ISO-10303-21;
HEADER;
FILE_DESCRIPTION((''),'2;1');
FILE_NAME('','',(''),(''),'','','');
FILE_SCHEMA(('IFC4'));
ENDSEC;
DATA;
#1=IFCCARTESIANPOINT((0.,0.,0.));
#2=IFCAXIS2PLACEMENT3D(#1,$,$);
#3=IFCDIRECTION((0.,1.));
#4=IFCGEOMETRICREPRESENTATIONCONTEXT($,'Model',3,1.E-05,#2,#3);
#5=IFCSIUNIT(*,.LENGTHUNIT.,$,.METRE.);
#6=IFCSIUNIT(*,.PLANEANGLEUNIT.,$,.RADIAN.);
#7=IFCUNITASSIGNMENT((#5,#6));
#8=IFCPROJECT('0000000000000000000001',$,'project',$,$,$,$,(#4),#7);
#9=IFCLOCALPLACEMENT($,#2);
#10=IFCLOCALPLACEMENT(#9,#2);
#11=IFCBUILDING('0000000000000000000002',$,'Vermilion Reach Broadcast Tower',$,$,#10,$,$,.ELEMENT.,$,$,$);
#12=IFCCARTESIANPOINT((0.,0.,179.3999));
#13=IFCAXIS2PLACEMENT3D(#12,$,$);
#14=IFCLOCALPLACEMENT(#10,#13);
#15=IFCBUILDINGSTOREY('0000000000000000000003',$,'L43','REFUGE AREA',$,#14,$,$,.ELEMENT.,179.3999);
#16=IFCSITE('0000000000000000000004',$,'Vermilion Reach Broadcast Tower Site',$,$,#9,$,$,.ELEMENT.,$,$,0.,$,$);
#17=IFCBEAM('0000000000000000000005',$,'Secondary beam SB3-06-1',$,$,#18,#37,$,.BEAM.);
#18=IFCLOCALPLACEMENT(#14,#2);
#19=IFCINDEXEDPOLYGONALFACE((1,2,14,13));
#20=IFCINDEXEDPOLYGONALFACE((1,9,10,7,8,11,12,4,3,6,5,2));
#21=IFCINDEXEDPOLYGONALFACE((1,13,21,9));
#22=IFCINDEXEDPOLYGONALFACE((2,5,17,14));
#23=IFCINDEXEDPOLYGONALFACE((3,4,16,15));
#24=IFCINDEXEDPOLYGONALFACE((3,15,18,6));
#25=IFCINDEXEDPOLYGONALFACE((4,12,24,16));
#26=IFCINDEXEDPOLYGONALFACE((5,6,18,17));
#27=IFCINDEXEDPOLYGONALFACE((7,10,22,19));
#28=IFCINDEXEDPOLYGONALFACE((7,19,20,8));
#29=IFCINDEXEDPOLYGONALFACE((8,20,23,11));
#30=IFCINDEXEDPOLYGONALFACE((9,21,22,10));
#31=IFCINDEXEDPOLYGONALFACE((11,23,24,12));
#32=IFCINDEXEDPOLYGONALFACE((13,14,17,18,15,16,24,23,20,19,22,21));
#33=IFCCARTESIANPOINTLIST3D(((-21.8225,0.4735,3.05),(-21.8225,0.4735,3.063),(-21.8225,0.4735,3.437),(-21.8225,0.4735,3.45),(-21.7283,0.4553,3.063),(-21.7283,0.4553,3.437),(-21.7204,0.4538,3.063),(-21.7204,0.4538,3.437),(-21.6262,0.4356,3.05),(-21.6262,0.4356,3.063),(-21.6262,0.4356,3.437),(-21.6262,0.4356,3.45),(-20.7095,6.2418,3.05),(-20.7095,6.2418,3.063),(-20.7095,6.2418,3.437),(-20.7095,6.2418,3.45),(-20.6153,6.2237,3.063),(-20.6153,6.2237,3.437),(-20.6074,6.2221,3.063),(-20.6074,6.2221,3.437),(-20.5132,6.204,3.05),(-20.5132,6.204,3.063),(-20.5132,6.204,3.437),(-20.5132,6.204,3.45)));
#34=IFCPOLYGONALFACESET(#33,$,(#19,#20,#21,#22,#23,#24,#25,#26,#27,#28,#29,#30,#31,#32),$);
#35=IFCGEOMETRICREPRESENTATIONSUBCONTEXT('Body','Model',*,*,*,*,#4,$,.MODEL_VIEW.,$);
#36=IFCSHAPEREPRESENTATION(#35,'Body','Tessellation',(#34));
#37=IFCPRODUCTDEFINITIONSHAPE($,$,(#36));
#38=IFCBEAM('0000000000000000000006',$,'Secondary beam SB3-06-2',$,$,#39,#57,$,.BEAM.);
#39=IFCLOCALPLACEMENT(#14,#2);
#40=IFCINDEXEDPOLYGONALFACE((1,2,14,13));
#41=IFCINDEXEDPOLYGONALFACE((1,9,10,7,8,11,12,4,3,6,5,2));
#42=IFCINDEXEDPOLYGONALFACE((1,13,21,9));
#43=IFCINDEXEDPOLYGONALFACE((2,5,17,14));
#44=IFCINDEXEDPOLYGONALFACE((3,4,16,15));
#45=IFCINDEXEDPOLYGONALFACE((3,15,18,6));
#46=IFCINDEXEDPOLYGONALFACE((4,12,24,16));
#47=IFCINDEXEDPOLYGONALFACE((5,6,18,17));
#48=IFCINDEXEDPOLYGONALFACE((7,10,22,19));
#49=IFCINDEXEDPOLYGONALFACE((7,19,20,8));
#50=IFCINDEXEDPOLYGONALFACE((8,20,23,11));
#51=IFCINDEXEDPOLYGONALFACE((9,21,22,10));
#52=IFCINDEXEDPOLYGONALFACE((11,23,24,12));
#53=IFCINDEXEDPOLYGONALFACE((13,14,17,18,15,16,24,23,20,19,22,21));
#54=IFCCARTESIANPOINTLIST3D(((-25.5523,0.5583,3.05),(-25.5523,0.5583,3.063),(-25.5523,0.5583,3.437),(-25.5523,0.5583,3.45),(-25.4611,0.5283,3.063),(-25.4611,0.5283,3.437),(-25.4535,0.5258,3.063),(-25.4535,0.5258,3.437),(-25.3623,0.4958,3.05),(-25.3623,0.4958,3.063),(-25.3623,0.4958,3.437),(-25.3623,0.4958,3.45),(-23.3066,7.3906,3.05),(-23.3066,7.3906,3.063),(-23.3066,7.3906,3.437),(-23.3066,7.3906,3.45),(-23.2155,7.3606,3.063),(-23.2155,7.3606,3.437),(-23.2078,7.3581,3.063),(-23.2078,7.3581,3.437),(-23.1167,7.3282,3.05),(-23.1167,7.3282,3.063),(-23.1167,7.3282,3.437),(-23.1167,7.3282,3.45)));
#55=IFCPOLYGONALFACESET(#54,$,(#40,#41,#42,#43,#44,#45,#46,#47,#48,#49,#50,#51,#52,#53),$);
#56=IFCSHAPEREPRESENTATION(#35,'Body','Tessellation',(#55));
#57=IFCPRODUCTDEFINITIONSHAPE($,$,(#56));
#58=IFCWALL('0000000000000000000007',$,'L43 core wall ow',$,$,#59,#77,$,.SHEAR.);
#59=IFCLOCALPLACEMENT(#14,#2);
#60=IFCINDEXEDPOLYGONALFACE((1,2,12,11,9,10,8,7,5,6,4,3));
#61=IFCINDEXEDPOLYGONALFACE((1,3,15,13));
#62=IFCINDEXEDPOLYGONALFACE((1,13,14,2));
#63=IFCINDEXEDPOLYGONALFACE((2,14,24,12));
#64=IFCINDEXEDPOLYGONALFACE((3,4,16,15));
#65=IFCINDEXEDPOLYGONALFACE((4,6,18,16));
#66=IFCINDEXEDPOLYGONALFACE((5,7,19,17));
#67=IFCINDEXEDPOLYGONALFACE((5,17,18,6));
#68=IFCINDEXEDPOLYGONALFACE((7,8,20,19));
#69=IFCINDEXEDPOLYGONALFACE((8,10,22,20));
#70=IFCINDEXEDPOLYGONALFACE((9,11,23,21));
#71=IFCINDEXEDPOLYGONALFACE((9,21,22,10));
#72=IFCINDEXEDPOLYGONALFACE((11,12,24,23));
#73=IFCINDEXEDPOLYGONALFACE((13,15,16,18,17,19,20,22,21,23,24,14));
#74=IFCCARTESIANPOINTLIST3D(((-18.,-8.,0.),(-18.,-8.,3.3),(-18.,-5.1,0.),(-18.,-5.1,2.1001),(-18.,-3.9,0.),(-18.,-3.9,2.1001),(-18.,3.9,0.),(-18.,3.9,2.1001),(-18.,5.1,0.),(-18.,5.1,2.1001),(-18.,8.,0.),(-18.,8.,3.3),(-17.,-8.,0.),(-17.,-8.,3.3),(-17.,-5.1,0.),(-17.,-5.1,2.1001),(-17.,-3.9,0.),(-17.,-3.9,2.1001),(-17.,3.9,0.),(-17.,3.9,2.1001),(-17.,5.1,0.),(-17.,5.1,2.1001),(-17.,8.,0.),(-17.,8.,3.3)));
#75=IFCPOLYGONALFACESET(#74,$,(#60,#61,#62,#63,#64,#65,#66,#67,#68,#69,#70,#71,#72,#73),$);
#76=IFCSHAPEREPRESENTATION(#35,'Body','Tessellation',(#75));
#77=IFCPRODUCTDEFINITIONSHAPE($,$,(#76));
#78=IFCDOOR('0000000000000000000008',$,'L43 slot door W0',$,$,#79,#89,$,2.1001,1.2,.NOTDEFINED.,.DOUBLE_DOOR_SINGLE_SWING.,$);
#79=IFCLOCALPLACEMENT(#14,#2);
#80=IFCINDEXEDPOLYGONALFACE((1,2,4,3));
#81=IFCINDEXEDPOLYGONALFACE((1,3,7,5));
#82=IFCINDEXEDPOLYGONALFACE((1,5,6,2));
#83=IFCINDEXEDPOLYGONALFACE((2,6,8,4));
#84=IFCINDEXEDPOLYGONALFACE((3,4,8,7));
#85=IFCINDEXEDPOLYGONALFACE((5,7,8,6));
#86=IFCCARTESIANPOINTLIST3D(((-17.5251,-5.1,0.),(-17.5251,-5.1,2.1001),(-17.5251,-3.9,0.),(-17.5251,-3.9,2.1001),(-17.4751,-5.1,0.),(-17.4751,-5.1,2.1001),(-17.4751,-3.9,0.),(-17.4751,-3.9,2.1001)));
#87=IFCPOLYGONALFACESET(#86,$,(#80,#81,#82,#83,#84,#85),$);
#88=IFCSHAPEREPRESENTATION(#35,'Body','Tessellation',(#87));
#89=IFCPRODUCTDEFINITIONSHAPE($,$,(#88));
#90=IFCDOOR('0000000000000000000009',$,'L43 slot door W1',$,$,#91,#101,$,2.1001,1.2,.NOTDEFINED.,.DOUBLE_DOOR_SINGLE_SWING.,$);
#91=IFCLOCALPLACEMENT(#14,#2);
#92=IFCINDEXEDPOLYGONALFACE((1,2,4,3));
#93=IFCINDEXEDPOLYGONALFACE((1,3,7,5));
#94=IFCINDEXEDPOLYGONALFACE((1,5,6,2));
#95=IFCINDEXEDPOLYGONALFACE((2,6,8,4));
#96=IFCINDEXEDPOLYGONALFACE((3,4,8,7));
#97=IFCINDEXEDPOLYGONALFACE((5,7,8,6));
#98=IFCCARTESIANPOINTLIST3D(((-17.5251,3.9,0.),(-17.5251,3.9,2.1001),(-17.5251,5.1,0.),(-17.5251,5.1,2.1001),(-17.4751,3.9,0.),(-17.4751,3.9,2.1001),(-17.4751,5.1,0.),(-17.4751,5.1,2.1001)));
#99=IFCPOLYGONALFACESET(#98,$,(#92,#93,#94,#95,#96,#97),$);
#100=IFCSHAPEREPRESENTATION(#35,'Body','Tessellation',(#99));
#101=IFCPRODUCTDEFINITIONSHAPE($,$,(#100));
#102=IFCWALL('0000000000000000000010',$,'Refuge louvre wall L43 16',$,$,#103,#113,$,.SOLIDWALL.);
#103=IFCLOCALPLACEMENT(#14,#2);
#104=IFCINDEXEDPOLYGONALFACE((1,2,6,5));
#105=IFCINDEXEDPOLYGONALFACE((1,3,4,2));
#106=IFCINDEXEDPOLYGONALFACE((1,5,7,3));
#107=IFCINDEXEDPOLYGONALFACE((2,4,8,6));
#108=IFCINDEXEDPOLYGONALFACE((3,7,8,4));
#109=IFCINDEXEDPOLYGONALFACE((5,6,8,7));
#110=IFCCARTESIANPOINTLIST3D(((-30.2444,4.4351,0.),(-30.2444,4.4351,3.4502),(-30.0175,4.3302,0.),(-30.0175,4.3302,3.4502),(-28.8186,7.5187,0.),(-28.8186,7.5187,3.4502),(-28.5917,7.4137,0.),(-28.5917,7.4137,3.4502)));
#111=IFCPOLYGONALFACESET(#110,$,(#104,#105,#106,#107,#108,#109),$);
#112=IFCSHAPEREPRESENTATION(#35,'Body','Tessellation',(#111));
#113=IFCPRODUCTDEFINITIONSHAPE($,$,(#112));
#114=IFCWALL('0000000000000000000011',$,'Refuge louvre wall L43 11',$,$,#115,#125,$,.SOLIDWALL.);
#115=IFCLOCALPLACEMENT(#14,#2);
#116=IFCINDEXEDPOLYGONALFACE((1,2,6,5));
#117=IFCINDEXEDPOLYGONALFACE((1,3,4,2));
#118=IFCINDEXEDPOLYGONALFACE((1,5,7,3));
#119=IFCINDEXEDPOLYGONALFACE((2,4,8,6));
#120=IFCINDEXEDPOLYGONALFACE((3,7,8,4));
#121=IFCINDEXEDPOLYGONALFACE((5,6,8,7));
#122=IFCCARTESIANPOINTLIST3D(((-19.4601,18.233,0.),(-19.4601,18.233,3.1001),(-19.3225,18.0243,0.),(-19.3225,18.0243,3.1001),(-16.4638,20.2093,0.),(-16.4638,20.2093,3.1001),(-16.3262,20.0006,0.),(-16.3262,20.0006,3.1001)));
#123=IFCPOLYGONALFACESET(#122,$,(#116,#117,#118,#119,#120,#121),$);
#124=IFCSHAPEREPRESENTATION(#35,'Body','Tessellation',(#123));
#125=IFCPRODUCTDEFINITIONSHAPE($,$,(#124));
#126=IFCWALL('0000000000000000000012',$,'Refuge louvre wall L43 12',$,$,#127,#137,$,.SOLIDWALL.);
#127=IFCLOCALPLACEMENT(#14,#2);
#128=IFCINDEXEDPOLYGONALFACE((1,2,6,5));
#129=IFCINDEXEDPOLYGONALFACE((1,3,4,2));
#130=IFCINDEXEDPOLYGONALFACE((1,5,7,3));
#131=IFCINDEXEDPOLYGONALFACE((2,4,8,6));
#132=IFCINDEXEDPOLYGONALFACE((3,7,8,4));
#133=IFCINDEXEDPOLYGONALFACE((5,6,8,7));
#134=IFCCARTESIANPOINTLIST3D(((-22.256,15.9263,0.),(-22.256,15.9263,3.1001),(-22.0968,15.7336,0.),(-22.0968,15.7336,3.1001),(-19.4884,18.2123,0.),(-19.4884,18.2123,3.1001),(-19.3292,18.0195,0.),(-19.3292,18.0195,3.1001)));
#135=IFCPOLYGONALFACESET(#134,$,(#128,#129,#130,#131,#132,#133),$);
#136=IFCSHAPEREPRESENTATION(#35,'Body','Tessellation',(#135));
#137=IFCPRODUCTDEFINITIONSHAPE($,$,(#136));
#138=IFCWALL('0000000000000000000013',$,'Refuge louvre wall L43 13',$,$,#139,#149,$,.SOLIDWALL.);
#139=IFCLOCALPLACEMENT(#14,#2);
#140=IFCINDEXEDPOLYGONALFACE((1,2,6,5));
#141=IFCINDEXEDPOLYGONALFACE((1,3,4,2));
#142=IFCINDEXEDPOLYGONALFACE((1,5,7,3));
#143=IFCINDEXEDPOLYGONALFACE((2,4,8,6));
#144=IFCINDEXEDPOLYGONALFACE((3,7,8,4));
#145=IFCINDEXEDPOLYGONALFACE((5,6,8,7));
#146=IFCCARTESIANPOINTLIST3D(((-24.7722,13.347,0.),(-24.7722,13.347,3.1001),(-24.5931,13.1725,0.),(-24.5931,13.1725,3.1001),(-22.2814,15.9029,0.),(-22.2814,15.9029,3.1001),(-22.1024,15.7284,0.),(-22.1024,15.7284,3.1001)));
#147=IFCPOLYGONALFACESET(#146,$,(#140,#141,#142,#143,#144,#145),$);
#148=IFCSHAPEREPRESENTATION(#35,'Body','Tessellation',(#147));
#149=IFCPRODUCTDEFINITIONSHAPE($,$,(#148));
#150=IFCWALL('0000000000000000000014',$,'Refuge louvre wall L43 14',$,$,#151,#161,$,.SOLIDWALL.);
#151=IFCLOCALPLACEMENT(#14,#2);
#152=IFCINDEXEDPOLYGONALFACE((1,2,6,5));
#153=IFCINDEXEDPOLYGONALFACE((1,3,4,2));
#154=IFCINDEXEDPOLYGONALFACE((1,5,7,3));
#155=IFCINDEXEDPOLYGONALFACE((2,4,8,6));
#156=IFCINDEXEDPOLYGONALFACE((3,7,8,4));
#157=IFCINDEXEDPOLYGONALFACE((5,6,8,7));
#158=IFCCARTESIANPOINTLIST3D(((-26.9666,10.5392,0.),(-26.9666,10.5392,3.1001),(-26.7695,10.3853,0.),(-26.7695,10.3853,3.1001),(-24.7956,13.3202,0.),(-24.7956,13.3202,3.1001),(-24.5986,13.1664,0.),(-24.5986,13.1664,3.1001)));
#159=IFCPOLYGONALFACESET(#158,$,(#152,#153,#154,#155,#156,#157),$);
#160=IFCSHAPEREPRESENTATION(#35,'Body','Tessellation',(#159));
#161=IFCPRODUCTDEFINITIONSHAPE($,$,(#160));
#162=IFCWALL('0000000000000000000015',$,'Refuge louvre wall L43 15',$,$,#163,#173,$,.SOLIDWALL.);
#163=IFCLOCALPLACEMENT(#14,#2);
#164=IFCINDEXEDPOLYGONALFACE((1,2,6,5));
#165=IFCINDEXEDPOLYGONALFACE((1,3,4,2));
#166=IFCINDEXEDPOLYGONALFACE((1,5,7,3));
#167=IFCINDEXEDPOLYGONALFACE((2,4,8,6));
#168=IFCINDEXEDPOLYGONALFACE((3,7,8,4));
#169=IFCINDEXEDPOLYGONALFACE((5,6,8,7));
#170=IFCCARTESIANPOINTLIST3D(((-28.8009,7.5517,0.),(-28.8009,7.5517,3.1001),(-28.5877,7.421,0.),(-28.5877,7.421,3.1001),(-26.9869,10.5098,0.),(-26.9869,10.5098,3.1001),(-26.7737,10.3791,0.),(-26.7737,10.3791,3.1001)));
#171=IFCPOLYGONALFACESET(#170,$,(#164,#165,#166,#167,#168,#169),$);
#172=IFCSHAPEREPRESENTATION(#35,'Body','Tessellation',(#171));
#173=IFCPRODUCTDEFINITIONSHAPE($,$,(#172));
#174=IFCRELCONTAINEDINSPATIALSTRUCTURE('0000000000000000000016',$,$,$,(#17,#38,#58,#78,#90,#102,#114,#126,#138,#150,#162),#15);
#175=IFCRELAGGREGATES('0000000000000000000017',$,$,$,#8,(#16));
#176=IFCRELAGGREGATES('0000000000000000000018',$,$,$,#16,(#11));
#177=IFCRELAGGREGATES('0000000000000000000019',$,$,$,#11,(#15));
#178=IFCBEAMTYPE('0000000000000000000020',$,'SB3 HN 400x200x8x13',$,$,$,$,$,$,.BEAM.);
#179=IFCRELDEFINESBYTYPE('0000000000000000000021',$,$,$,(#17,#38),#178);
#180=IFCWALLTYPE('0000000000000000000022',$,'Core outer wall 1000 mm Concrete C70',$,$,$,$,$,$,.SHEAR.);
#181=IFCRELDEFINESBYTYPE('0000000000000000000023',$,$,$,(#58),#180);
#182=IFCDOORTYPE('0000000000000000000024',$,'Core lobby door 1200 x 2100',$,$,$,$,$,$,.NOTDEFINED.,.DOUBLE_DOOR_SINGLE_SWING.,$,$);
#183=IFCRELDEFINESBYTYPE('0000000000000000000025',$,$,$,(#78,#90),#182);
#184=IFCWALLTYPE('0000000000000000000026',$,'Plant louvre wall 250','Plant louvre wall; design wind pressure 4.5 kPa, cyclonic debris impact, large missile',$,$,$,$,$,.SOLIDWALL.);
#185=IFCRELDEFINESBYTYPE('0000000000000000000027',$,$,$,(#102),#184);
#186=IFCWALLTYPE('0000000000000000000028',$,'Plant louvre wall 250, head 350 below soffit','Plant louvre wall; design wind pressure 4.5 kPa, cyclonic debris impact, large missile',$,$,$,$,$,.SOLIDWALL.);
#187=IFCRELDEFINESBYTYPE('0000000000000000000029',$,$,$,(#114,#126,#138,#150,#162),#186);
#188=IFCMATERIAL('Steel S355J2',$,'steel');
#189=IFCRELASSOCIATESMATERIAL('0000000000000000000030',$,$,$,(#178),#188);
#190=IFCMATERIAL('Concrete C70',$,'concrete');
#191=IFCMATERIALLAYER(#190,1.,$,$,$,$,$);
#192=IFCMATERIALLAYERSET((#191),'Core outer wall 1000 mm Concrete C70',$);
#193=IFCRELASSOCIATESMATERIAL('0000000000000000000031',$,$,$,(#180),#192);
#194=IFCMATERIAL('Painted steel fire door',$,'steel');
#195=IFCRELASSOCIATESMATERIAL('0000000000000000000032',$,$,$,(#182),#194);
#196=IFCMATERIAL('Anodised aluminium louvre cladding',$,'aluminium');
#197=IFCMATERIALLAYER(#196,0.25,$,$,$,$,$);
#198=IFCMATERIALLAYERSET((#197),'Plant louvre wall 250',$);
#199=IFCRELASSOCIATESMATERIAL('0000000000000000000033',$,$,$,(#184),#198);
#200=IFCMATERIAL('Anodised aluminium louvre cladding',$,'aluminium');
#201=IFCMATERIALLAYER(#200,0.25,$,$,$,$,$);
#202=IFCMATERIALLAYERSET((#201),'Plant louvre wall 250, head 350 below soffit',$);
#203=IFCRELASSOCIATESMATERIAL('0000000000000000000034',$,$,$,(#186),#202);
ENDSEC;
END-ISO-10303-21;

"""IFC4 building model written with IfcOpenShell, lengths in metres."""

from ifc_helpers import new_model, si_unit, direction, frame, frame_2d, origin, origin_2d, place, context, subcontext, project, spatial, rectangle, i_section, extrude, material, layer, layer_set, material_profile, profile_set, type_object, element, fill, save


model = new_model("IFC4")

# Units and contexts
model_context = context("Model", 3, precision=1e-05, world=origin(), true_north=direction((0.0, 1.0)))
body_context = subcontext(model_context, "Body", "Model", "MODEL_VIEW")
ifc_project = project(units=[si_unit("LENGTHUNIT", "METRE"), si_unit("PLANEANGLEUNIT", "RADIAN")], contexts=[model_context])

# Site, building, storey
site_placement = place(None, origin())
site = spatial("IfcSite", under=ifc_project, at=site_placement, Name="Vermilion Reach Broadcast Tower Site", CompositionType="ELEMENT", RefElevation=0.0)
building_placement = place(site_placement, origin())
building = spatial("IfcBuilding", under=site, at=building_placement, Name="Vermilion Reach Broadcast Tower", CompositionType="ELEMENT")
storey_placement = place(building_placement, frame((0.0, 0.0, 179.3999)))
storey = spatial("IfcBuildingStorey", under=building, at=storey_placement, Name="L43", Description="REFUGE AREA", CompositionType="ELEMENT", Elevation=179.3999)

# Beams
ifc_material_1 = material(Name="Steel S355J2", Category="steel")
ifc_material_profile_1 = material_profile(ifc_material_1, i_section(OverallWidth=0.2, OverallDepth=0.3999, WebThickness=0.0081, FlangeThickness=0.0129, at=origin_2d()), Name="S355J2 HN 400x200x8x13")
ifc_profile_set_1 = profile_set([ifc_material_profile_1], Name="Steel S355J2")
beam_type_1 = type_object("IfcBeamType", Name="SB3 HN 400x200x8x13", PredefinedType="BEAM", material=ifc_profile_set_1)
beam_1_placement = place(storey_placement, frame((-20.6113, 6.2229, 3.25), z_axis=(-0.189462, -0.981888, 0.0), x_axis=(0.981888, -0.189462, 0.0)))
element("IfcBeam", 1, at=beam_1_placement, inside=storey, type_object=beam_type_1, Name="Secondary beam SB3-06-1", PredefinedType="BEAM", context=body_context, shape_type="SweptSolid", body=[
    extrude(i_section(OverallWidth=0.2, OverallDepth=0.3999, WebThickness=0.0081, FlangeThickness=0.0129, at=origin_2d()), origin(), (0.0, 0.0, 1.0), 5.8748),
])
beam_2_placement = place(storey_placement, frame((-23.2117, 7.3594, 3.25), z_axis=(-0.312243, -0.950002, 0.0), x_axis=(0.950002, -0.312243, 0.0)))
element("IfcBeam", 2, at=beam_2_placement, inside=storey, type_object=beam_type_1, Name="Secondary beam SB3-06-2", PredefinedType="BEAM", context=body_context, shape_type="SweptSolid", body=[
    extrude(i_section(OverallWidth=0.2, OverallDepth=0.3999, WebThickness=0.0081, FlangeThickness=0.0129, at=origin_2d()), origin(), (0.0, 0.0, 1.0), 7.1919),
])

# Wall, openings, doors
ifc_material_2 = material(Name="Concrete C70", Category="concrete")
ifc_layer_1 = layer(ifc_material_2, 1.0)
ifc_layer_set_1 = layer_set([ifc_layer_1], Name="Core outer wall 1000 mm Concrete C70")
wall_type_1 = type_object("IfcWallType", Name="Core outer wall 1000 mm Concrete C70", PredefinedType="SHEAR", material=ifc_layer_set_1)
wall_1_placement = place(storey_placement, frame((-17.5, 8.0, 0.0), z_axis=(0.0, 0.0, 1.0), x_axis=(0.0, -1.0, 0.0)))
wall_1 = element("IfcWall", 3, at=wall_1_placement, inside=storey, type_object=wall_type_1, Name="L43 core wall ow", PredefinedType="SHEAR", context=body_context, shape_type="SweptSolid", body=[
    extrude(rectangle(XDim=16.0, YDim=1.0, at=frame_2d((8.0, 0.0))), origin(), (0.0, 0.0, 1.0), 3.3),
])
opening_1_placement = place(wall_1_placement, frame((11.8999, 0.0, 0.0)))
opening_1 = element("IfcOpeningElement", 4, at=opening_1_placement, cuts=wall_1, PredefinedType="OPENING", context=body_context, shape_type="SweptSolid", body=[
    extrude(rectangle(XDim=1.2, YDim=2.1001, at=frame_2d((0.6001, 1.05))), frame((0.0, 0.51, 0.0), z_axis=(0.0, -1.0, 0.0), x_axis=(1.0, 0.0, 0.0)), (0.0, 0.0, 1.0), 1.02),
])
opening_2_placement = place(wall_1_placement, frame((2.8999, 0.0, 0.0)))
opening_2 = element("IfcOpeningElement", 5, at=opening_2_placement, cuts=wall_1, PredefinedType="OPENING", context=body_context, shape_type="SweptSolid", body=[
    extrude(rectangle(XDim=1.2, YDim=2.1001, at=frame_2d((0.6001, 1.05))), frame((0.0, 0.51, 0.0), z_axis=(0.0, -1.0, 0.0), x_axis=(1.0, 0.0, 0.0)), (0.0, 0.0, 1.0), 1.02),
])
ifc_material_3 = material(Name="Painted steel fire door", Category="steel")
door_type = type_object("IfcDoorType", Name="Core lobby door 1200 x 2100", OperationType="DOUBLE_DOOR_SINGLE_SWING", PredefinedType="NOTDEFINED", material=ifc_material_3)
door_1_placement = place(opening_1_placement, origin())
door_1 = element("IfcDoor", 6, at=door_1_placement, inside=storey, type_object=door_type, Name="L43 slot door W0", OperationType="DOUBLE_DOOR_SINGLE_SWING", OverallHeight=2.1001, OverallWidth=1.2, PredefinedType="NOTDEFINED", context=body_context, shape_type="SweptSolid", body=[
    extrude(rectangle(XDim=1.2, YDim=2.1001, at=frame_2d((0.6001, 1.05))), frame((0.0, 0.0249, 0.0), z_axis=(0.0, -1.0, 0.0), x_axis=(1.0, 0.0, 0.0)), (0.0, 0.0, 1.0), 0.05),
])
fill(opening_1, door_1)
door_2_placement = place(opening_2_placement, origin())
door_2 = element("IfcDoor", 7, at=door_2_placement, inside=storey, type_object=door_type, Name="L43 slot door W1", OperationType="DOUBLE_DOOR_SINGLE_SWING", OverallHeight=2.1001, OverallWidth=1.2, PredefinedType="NOTDEFINED", context=body_context, shape_type="SweptSolid", body=[
    extrude(rectangle(XDim=1.2, YDim=2.1001, at=frame_2d((0.6001, 1.05))), frame((0.0, 0.0249, 0.0), z_axis=(0.0, -1.0, 0.0), x_axis=(1.0, 0.0, 0.0)), (0.0, 0.0, 1.0), 0.05),
])
fill(opening_2, door_2)

# Walls
ifc_material_4 = material(Name="Anodised aluminium louvre cladding", Category="aluminium")
ifc_layer_2 = layer(ifc_material_4, 0.25)
ifc_layer_set_2 = layer_set([ifc_layer_2], Name="Plant louvre wall 250")
wall_type_2 = type_object("IfcWallType", Name="Plant louvre wall 250", Description="Plant louvre wall; design wind pressure 4.5 kPa, cyclonic debris impact, large missile", PredefinedType="SOLIDWALL", material=ifc_layer_set_2)
wall_2_placement = place(storey_placement, frame((-28.7051, 7.4663, 0.0), z_axis=(0.0, 0.0, 1.0), x_axis=(-0.419696, -0.907665, 0.0)))
element("IfcWall", 8, at=wall_2_placement, inside=storey, type_object=wall_type_2, Name="Refuge louvre wall L43 16", PredefinedType="SOLIDWALL", context=body_context, shape_type="SweptSolid", body=[
    extrude(rectangle(XDim=3.3972, YDim=0.25, at=frame_2d((1.6987, 0.0))), origin(), (0.0, 0.0, 1.0), 3.4502),
])
ifc_material_5 = material(Name="Anodised aluminium louvre cladding", Category="aluminium")
ifc_layer_3 = layer(ifc_material_5, 0.25)
ifc_layer_set_3 = layer_set([ifc_layer_3], Name="Plant louvre wall 250, head 350 below soffit")
wall_type_3 = type_object("IfcWallType", Name="Plant louvre wall 250, head 350 below soffit", Description="Plant louvre wall; design wind pressure 4.5 kPa, cyclonic debris impact, large missile", PredefinedType="SOLIDWALL", material=ifc_layer_set_3)
wall_3_placement = place(storey_placement, frame((-16.395, 20.105, 0.0), z_axis=(0.0, 0.0, 1.0), x_axis=(-0.834771, -0.550597, 0.0)))
element("IfcWall", 9, at=wall_3_placement, inside=storey, type_object=wall_type_3, Name="Refuge louvre wall L43 11", PredefinedType="SOLIDWALL", context=body_context, shape_type="SweptSolid", body=[
    extrude(rectangle(XDim=3.5894, YDim=0.25, at=frame_2d((1.7947, 0.0))), origin(), (0.0, 0.0, 1.0), 3.1001),
])
wall_4_placement = place(storey_placement, frame((-19.4087, 18.116, 0.0), z_axis=(0.0, 0.0, 1.0), x_axis=(-0.771013, -0.63682, 0.0)))
element("IfcWall", 10, at=wall_4_placement, inside=storey, type_object=wall_type_3, Name="Refuge louvre wall L43 12", PredefinedType="SOLIDWALL", context=body_context, shape_type="SweptSolid", body=[
    extrude(rectangle(XDim=3.5896, YDim=0.25, at=frame_2d((1.7949, 0.0))), origin(), (0.0, 0.0, 1.0), 3.1001),
])
wall_5_placement = place(storey_placement, frame((-22.1919, 15.8157, 0.0), z_axis=(0.0, 0.0, 1.0), x_axis=(-0.697915, -0.71618, 0.0)))
element("IfcWall", 11, at=wall_5_placement, inside=storey, type_object=wall_type_3, Name="Refuge louvre wall L43 13", PredefinedType="SOLIDWALL", context=body_context, shape_type="SweptSolid", body=[
    extrude(rectangle(XDim=3.5688, YDim=0.25, at=frame_2d((1.7844, 0.0))), origin(), (0.0, 0.0, 1.0), 3.1001),
])
wall_6_placement = place(storey_placement, frame((-24.697, 13.2434, 0.0), z_axis=(0.0, 0.0, 1.0), x_axis=(-0.615334, -0.788267, 0.0)))
element("IfcWall", 12, at=wall_6_placement, inside=storey, type_object=wall_type_3, Name="Refuge louvre wall L43 14", PredefinedType="SOLIDWALL", context=body_context, shape_type="SweptSolid", body=[
    extrude(rectangle(XDim=3.5281, YDim=0.25, at=frame_2d((1.7642, 0.0))), origin(), (0.0, 0.0, 1.0), 3.1001),
])
wall_7_placement = place(storey_placement, frame((-26.8804, 10.4443, 0.0), z_axis=(0.0, 0.0, 1.0), x_axis=(-0.52277, -0.852474, 0.0)))
element("IfcWall", 13, at=wall_7_placement, inside=storey, type_object=wall_type_3, Name="Refuge louvre wall L43 15", PredefinedType="SOLIDWALL", context=body_context, shape_type="SweptSolid", body=[
    extrude(rectangle(XDim=3.47, YDim=0.25, at=frame_2d((1.7349, 0.0))), origin(), (0.0, 0.0, 1.0), 3.1001),
])

save(model, "model.ifc")
